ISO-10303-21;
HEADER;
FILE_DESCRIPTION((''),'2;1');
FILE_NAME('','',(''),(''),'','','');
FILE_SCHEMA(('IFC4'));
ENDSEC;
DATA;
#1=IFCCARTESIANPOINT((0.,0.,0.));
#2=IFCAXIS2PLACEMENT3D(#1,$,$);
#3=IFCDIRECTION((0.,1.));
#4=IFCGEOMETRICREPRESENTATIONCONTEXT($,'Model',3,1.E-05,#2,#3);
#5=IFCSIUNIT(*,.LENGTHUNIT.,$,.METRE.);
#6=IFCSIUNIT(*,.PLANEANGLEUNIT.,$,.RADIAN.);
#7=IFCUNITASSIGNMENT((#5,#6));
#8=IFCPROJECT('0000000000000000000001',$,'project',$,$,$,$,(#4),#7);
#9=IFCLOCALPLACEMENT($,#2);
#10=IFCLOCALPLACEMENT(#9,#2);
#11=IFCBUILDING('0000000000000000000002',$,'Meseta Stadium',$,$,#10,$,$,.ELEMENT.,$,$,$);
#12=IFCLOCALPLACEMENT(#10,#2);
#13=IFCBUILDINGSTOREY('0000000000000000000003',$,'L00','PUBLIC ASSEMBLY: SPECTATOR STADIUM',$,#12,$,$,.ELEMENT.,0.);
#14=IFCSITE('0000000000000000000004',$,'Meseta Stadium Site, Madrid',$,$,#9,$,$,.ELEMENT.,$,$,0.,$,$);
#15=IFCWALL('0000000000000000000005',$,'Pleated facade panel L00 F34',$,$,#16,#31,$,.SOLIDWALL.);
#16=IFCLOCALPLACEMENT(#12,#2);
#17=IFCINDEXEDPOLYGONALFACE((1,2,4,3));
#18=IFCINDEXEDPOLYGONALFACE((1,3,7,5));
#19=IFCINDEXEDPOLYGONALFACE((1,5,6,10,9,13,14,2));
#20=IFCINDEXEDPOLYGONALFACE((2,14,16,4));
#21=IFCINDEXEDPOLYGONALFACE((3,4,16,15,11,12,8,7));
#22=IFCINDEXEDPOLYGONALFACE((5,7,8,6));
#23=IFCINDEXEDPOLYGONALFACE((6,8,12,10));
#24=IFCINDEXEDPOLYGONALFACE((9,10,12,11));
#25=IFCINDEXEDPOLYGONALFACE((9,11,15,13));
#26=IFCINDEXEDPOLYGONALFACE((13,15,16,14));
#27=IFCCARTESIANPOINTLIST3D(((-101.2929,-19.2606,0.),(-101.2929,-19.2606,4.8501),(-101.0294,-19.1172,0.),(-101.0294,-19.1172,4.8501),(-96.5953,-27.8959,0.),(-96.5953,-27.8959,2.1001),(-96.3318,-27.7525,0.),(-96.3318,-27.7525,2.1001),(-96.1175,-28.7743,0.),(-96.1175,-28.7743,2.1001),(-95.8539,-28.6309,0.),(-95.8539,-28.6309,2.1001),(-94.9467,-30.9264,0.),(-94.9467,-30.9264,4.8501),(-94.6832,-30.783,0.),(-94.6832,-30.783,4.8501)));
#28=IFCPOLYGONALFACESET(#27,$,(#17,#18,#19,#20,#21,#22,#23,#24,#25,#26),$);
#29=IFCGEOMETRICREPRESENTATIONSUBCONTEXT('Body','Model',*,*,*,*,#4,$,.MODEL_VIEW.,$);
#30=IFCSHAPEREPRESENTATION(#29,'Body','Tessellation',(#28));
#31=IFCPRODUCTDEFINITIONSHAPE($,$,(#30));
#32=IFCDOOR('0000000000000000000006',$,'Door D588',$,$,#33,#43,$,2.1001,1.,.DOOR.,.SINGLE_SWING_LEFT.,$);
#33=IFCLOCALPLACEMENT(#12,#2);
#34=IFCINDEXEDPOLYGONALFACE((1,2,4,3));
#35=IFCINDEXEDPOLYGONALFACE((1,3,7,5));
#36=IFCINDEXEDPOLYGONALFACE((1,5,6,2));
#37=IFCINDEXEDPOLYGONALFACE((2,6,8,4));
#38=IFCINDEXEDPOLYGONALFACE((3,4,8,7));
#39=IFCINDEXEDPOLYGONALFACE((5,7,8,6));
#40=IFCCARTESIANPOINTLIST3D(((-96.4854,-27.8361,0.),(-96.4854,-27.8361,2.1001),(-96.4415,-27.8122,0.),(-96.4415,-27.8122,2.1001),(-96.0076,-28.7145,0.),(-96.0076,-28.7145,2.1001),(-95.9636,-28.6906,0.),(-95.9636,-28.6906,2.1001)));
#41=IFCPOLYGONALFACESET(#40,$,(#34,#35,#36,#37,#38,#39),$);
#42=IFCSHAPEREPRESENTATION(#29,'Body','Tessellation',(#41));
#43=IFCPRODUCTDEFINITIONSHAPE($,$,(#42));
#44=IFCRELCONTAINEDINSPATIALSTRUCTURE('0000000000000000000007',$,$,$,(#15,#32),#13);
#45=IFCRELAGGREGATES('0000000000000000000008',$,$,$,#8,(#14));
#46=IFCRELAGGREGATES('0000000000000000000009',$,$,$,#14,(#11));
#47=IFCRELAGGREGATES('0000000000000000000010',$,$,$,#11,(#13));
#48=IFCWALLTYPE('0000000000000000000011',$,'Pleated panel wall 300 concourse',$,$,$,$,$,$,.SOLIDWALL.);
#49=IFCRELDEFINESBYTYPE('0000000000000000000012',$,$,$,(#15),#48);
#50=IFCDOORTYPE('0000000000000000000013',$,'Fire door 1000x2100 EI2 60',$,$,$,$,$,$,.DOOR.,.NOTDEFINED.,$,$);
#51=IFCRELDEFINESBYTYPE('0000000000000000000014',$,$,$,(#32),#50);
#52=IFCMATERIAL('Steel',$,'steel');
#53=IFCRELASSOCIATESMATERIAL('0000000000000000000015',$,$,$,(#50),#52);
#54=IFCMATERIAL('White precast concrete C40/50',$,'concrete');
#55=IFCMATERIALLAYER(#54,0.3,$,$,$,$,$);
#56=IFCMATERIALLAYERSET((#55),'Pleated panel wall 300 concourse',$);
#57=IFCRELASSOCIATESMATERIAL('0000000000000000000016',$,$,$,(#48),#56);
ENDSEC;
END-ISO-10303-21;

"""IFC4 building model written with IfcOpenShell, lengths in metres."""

from ifc_helpers import new_model, si_unit, direction, frame, frame_2d, origin, place, context, subcontext, project, spatial, rectangle, extrude, material, layer, layer_set, type_object, element, fill, save


model = new_model("IFC4")

# Units and contexts
model_context = context("Model", 3, precision=1e-05, world=origin(), true_north=direction((0.0, 1.0)))
body_context = subcontext(model_context, "Body", "Model", "MODEL_VIEW")
ifc_project = project(units=[si_unit("LENGTHUNIT", "METRE"), si_unit("PLANEANGLEUNIT", "RADIAN")], contexts=[model_context])

# Site, building, storey
site_placement = place(None, origin())
site = spatial("IfcSite", under=ifc_project, at=site_placement, Name="Meseta Stadium Site, Madrid", CompositionType="ELEMENT", RefElevation=0.0)
building_placement = place(site_placement, origin())
building = spatial("IfcBuilding", under=site, at=building_placement, Name="Meseta Stadium", CompositionType="ELEMENT")
storey_placement = place(building_placement, origin())
storey = spatial("IfcBuildingStorey", under=building, at=storey_placement, Name="L00", Description="PUBLIC ASSEMBLY: SPECTATOR STADIUM", CompositionType="ELEMENT", Elevation=0.0)

# Shared definitions
ifc_material_1 = material(Name="Steel", Category="steel")
door_type = type_object("IfcDoorType", Name="Fire door 1000x2100 EI2 60", OperationType="NOTDEFINED", PredefinedType="DOOR", material=ifc_material_1)

# Wall, opening, door
ifc_material_2 = material(Name="White precast concrete C40/50", Category="concrete")
ifc_layer_1 = layer(ifc_material_2, 0.3)
ifc_layer_set_1 = layer_set([ifc_layer_1], Name="Pleated panel wall 300 concourse")
wall_type_1 = type_object("IfcWallType", Name="Pleated panel wall 300 concourse", PredefinedType="SOLIDWALL", material=ifc_layer_set_1)
wall_1_placement = place(storey_placement, frame((-94.8149, -30.8547, 0.0), z_axis=(0.0, 0.0, 1.0), x_axis=(-0.477868, 0.878432, 0.0)))
wall_1 = element("IfcWall", 1, at=wall_1_placement, inside=storey, type_object=wall_type_1, Name="Pleated facade panel L00 F34", PredefinedType="SOLIDWALL", context=body_context, shape_type="SweptSolid", body=[
    extrude(rectangle(XDim=13.2803, YDim=0.3, at=frame_2d((6.6401, 0.0))), origin(), (0.0, 0.0, 1.0), 4.8501),
])
opening_1_placement = place(wall_1_placement, frame((2.45, 0.0, 0.0)))
opening_1 = element("IfcOpeningElement", 2, at=opening_1_placement, cuts=wall_1, PredefinedType="OPENING", context=body_context, shape_type="SweptSolid", body=[
    extrude(rectangle(XDim=1.0, YDim=2.1001, at=frame_2d((0.5, 1.05))), frame((0.0, 0.1599, 0.0), z_axis=(0.0, -1.0, 0.0), x_axis=(1.0, 0.0, 0.0)), (0.0, 0.0, 1.0), 0.3201),
])
door_1_placement = place(opening_1_placement, origin())
door_1 = element("IfcDoor", 3, at=door_1_placement, inside=storey, type_object=door_type, Name="Door D588", OperationType="SINGLE_SWING_LEFT", OverallHeight=2.1001, OverallWidth=1.0, PredefinedType="DOOR", context=body_context, shape_type="SweptSolid", body=[
    extrude(rectangle(XDim=1.0, YDim=2.1001, at=frame_2d((0.5, 1.05))), frame((0.0, 0.0249, 0.0), z_axis=(0.0, -1.0, 0.0), x_axis=(1.0, 0.0, 0.0)), (0.0, 0.0, 1.0), 0.05),
])
fill(opening_1, door_1)

save(model, "model.ifc")
